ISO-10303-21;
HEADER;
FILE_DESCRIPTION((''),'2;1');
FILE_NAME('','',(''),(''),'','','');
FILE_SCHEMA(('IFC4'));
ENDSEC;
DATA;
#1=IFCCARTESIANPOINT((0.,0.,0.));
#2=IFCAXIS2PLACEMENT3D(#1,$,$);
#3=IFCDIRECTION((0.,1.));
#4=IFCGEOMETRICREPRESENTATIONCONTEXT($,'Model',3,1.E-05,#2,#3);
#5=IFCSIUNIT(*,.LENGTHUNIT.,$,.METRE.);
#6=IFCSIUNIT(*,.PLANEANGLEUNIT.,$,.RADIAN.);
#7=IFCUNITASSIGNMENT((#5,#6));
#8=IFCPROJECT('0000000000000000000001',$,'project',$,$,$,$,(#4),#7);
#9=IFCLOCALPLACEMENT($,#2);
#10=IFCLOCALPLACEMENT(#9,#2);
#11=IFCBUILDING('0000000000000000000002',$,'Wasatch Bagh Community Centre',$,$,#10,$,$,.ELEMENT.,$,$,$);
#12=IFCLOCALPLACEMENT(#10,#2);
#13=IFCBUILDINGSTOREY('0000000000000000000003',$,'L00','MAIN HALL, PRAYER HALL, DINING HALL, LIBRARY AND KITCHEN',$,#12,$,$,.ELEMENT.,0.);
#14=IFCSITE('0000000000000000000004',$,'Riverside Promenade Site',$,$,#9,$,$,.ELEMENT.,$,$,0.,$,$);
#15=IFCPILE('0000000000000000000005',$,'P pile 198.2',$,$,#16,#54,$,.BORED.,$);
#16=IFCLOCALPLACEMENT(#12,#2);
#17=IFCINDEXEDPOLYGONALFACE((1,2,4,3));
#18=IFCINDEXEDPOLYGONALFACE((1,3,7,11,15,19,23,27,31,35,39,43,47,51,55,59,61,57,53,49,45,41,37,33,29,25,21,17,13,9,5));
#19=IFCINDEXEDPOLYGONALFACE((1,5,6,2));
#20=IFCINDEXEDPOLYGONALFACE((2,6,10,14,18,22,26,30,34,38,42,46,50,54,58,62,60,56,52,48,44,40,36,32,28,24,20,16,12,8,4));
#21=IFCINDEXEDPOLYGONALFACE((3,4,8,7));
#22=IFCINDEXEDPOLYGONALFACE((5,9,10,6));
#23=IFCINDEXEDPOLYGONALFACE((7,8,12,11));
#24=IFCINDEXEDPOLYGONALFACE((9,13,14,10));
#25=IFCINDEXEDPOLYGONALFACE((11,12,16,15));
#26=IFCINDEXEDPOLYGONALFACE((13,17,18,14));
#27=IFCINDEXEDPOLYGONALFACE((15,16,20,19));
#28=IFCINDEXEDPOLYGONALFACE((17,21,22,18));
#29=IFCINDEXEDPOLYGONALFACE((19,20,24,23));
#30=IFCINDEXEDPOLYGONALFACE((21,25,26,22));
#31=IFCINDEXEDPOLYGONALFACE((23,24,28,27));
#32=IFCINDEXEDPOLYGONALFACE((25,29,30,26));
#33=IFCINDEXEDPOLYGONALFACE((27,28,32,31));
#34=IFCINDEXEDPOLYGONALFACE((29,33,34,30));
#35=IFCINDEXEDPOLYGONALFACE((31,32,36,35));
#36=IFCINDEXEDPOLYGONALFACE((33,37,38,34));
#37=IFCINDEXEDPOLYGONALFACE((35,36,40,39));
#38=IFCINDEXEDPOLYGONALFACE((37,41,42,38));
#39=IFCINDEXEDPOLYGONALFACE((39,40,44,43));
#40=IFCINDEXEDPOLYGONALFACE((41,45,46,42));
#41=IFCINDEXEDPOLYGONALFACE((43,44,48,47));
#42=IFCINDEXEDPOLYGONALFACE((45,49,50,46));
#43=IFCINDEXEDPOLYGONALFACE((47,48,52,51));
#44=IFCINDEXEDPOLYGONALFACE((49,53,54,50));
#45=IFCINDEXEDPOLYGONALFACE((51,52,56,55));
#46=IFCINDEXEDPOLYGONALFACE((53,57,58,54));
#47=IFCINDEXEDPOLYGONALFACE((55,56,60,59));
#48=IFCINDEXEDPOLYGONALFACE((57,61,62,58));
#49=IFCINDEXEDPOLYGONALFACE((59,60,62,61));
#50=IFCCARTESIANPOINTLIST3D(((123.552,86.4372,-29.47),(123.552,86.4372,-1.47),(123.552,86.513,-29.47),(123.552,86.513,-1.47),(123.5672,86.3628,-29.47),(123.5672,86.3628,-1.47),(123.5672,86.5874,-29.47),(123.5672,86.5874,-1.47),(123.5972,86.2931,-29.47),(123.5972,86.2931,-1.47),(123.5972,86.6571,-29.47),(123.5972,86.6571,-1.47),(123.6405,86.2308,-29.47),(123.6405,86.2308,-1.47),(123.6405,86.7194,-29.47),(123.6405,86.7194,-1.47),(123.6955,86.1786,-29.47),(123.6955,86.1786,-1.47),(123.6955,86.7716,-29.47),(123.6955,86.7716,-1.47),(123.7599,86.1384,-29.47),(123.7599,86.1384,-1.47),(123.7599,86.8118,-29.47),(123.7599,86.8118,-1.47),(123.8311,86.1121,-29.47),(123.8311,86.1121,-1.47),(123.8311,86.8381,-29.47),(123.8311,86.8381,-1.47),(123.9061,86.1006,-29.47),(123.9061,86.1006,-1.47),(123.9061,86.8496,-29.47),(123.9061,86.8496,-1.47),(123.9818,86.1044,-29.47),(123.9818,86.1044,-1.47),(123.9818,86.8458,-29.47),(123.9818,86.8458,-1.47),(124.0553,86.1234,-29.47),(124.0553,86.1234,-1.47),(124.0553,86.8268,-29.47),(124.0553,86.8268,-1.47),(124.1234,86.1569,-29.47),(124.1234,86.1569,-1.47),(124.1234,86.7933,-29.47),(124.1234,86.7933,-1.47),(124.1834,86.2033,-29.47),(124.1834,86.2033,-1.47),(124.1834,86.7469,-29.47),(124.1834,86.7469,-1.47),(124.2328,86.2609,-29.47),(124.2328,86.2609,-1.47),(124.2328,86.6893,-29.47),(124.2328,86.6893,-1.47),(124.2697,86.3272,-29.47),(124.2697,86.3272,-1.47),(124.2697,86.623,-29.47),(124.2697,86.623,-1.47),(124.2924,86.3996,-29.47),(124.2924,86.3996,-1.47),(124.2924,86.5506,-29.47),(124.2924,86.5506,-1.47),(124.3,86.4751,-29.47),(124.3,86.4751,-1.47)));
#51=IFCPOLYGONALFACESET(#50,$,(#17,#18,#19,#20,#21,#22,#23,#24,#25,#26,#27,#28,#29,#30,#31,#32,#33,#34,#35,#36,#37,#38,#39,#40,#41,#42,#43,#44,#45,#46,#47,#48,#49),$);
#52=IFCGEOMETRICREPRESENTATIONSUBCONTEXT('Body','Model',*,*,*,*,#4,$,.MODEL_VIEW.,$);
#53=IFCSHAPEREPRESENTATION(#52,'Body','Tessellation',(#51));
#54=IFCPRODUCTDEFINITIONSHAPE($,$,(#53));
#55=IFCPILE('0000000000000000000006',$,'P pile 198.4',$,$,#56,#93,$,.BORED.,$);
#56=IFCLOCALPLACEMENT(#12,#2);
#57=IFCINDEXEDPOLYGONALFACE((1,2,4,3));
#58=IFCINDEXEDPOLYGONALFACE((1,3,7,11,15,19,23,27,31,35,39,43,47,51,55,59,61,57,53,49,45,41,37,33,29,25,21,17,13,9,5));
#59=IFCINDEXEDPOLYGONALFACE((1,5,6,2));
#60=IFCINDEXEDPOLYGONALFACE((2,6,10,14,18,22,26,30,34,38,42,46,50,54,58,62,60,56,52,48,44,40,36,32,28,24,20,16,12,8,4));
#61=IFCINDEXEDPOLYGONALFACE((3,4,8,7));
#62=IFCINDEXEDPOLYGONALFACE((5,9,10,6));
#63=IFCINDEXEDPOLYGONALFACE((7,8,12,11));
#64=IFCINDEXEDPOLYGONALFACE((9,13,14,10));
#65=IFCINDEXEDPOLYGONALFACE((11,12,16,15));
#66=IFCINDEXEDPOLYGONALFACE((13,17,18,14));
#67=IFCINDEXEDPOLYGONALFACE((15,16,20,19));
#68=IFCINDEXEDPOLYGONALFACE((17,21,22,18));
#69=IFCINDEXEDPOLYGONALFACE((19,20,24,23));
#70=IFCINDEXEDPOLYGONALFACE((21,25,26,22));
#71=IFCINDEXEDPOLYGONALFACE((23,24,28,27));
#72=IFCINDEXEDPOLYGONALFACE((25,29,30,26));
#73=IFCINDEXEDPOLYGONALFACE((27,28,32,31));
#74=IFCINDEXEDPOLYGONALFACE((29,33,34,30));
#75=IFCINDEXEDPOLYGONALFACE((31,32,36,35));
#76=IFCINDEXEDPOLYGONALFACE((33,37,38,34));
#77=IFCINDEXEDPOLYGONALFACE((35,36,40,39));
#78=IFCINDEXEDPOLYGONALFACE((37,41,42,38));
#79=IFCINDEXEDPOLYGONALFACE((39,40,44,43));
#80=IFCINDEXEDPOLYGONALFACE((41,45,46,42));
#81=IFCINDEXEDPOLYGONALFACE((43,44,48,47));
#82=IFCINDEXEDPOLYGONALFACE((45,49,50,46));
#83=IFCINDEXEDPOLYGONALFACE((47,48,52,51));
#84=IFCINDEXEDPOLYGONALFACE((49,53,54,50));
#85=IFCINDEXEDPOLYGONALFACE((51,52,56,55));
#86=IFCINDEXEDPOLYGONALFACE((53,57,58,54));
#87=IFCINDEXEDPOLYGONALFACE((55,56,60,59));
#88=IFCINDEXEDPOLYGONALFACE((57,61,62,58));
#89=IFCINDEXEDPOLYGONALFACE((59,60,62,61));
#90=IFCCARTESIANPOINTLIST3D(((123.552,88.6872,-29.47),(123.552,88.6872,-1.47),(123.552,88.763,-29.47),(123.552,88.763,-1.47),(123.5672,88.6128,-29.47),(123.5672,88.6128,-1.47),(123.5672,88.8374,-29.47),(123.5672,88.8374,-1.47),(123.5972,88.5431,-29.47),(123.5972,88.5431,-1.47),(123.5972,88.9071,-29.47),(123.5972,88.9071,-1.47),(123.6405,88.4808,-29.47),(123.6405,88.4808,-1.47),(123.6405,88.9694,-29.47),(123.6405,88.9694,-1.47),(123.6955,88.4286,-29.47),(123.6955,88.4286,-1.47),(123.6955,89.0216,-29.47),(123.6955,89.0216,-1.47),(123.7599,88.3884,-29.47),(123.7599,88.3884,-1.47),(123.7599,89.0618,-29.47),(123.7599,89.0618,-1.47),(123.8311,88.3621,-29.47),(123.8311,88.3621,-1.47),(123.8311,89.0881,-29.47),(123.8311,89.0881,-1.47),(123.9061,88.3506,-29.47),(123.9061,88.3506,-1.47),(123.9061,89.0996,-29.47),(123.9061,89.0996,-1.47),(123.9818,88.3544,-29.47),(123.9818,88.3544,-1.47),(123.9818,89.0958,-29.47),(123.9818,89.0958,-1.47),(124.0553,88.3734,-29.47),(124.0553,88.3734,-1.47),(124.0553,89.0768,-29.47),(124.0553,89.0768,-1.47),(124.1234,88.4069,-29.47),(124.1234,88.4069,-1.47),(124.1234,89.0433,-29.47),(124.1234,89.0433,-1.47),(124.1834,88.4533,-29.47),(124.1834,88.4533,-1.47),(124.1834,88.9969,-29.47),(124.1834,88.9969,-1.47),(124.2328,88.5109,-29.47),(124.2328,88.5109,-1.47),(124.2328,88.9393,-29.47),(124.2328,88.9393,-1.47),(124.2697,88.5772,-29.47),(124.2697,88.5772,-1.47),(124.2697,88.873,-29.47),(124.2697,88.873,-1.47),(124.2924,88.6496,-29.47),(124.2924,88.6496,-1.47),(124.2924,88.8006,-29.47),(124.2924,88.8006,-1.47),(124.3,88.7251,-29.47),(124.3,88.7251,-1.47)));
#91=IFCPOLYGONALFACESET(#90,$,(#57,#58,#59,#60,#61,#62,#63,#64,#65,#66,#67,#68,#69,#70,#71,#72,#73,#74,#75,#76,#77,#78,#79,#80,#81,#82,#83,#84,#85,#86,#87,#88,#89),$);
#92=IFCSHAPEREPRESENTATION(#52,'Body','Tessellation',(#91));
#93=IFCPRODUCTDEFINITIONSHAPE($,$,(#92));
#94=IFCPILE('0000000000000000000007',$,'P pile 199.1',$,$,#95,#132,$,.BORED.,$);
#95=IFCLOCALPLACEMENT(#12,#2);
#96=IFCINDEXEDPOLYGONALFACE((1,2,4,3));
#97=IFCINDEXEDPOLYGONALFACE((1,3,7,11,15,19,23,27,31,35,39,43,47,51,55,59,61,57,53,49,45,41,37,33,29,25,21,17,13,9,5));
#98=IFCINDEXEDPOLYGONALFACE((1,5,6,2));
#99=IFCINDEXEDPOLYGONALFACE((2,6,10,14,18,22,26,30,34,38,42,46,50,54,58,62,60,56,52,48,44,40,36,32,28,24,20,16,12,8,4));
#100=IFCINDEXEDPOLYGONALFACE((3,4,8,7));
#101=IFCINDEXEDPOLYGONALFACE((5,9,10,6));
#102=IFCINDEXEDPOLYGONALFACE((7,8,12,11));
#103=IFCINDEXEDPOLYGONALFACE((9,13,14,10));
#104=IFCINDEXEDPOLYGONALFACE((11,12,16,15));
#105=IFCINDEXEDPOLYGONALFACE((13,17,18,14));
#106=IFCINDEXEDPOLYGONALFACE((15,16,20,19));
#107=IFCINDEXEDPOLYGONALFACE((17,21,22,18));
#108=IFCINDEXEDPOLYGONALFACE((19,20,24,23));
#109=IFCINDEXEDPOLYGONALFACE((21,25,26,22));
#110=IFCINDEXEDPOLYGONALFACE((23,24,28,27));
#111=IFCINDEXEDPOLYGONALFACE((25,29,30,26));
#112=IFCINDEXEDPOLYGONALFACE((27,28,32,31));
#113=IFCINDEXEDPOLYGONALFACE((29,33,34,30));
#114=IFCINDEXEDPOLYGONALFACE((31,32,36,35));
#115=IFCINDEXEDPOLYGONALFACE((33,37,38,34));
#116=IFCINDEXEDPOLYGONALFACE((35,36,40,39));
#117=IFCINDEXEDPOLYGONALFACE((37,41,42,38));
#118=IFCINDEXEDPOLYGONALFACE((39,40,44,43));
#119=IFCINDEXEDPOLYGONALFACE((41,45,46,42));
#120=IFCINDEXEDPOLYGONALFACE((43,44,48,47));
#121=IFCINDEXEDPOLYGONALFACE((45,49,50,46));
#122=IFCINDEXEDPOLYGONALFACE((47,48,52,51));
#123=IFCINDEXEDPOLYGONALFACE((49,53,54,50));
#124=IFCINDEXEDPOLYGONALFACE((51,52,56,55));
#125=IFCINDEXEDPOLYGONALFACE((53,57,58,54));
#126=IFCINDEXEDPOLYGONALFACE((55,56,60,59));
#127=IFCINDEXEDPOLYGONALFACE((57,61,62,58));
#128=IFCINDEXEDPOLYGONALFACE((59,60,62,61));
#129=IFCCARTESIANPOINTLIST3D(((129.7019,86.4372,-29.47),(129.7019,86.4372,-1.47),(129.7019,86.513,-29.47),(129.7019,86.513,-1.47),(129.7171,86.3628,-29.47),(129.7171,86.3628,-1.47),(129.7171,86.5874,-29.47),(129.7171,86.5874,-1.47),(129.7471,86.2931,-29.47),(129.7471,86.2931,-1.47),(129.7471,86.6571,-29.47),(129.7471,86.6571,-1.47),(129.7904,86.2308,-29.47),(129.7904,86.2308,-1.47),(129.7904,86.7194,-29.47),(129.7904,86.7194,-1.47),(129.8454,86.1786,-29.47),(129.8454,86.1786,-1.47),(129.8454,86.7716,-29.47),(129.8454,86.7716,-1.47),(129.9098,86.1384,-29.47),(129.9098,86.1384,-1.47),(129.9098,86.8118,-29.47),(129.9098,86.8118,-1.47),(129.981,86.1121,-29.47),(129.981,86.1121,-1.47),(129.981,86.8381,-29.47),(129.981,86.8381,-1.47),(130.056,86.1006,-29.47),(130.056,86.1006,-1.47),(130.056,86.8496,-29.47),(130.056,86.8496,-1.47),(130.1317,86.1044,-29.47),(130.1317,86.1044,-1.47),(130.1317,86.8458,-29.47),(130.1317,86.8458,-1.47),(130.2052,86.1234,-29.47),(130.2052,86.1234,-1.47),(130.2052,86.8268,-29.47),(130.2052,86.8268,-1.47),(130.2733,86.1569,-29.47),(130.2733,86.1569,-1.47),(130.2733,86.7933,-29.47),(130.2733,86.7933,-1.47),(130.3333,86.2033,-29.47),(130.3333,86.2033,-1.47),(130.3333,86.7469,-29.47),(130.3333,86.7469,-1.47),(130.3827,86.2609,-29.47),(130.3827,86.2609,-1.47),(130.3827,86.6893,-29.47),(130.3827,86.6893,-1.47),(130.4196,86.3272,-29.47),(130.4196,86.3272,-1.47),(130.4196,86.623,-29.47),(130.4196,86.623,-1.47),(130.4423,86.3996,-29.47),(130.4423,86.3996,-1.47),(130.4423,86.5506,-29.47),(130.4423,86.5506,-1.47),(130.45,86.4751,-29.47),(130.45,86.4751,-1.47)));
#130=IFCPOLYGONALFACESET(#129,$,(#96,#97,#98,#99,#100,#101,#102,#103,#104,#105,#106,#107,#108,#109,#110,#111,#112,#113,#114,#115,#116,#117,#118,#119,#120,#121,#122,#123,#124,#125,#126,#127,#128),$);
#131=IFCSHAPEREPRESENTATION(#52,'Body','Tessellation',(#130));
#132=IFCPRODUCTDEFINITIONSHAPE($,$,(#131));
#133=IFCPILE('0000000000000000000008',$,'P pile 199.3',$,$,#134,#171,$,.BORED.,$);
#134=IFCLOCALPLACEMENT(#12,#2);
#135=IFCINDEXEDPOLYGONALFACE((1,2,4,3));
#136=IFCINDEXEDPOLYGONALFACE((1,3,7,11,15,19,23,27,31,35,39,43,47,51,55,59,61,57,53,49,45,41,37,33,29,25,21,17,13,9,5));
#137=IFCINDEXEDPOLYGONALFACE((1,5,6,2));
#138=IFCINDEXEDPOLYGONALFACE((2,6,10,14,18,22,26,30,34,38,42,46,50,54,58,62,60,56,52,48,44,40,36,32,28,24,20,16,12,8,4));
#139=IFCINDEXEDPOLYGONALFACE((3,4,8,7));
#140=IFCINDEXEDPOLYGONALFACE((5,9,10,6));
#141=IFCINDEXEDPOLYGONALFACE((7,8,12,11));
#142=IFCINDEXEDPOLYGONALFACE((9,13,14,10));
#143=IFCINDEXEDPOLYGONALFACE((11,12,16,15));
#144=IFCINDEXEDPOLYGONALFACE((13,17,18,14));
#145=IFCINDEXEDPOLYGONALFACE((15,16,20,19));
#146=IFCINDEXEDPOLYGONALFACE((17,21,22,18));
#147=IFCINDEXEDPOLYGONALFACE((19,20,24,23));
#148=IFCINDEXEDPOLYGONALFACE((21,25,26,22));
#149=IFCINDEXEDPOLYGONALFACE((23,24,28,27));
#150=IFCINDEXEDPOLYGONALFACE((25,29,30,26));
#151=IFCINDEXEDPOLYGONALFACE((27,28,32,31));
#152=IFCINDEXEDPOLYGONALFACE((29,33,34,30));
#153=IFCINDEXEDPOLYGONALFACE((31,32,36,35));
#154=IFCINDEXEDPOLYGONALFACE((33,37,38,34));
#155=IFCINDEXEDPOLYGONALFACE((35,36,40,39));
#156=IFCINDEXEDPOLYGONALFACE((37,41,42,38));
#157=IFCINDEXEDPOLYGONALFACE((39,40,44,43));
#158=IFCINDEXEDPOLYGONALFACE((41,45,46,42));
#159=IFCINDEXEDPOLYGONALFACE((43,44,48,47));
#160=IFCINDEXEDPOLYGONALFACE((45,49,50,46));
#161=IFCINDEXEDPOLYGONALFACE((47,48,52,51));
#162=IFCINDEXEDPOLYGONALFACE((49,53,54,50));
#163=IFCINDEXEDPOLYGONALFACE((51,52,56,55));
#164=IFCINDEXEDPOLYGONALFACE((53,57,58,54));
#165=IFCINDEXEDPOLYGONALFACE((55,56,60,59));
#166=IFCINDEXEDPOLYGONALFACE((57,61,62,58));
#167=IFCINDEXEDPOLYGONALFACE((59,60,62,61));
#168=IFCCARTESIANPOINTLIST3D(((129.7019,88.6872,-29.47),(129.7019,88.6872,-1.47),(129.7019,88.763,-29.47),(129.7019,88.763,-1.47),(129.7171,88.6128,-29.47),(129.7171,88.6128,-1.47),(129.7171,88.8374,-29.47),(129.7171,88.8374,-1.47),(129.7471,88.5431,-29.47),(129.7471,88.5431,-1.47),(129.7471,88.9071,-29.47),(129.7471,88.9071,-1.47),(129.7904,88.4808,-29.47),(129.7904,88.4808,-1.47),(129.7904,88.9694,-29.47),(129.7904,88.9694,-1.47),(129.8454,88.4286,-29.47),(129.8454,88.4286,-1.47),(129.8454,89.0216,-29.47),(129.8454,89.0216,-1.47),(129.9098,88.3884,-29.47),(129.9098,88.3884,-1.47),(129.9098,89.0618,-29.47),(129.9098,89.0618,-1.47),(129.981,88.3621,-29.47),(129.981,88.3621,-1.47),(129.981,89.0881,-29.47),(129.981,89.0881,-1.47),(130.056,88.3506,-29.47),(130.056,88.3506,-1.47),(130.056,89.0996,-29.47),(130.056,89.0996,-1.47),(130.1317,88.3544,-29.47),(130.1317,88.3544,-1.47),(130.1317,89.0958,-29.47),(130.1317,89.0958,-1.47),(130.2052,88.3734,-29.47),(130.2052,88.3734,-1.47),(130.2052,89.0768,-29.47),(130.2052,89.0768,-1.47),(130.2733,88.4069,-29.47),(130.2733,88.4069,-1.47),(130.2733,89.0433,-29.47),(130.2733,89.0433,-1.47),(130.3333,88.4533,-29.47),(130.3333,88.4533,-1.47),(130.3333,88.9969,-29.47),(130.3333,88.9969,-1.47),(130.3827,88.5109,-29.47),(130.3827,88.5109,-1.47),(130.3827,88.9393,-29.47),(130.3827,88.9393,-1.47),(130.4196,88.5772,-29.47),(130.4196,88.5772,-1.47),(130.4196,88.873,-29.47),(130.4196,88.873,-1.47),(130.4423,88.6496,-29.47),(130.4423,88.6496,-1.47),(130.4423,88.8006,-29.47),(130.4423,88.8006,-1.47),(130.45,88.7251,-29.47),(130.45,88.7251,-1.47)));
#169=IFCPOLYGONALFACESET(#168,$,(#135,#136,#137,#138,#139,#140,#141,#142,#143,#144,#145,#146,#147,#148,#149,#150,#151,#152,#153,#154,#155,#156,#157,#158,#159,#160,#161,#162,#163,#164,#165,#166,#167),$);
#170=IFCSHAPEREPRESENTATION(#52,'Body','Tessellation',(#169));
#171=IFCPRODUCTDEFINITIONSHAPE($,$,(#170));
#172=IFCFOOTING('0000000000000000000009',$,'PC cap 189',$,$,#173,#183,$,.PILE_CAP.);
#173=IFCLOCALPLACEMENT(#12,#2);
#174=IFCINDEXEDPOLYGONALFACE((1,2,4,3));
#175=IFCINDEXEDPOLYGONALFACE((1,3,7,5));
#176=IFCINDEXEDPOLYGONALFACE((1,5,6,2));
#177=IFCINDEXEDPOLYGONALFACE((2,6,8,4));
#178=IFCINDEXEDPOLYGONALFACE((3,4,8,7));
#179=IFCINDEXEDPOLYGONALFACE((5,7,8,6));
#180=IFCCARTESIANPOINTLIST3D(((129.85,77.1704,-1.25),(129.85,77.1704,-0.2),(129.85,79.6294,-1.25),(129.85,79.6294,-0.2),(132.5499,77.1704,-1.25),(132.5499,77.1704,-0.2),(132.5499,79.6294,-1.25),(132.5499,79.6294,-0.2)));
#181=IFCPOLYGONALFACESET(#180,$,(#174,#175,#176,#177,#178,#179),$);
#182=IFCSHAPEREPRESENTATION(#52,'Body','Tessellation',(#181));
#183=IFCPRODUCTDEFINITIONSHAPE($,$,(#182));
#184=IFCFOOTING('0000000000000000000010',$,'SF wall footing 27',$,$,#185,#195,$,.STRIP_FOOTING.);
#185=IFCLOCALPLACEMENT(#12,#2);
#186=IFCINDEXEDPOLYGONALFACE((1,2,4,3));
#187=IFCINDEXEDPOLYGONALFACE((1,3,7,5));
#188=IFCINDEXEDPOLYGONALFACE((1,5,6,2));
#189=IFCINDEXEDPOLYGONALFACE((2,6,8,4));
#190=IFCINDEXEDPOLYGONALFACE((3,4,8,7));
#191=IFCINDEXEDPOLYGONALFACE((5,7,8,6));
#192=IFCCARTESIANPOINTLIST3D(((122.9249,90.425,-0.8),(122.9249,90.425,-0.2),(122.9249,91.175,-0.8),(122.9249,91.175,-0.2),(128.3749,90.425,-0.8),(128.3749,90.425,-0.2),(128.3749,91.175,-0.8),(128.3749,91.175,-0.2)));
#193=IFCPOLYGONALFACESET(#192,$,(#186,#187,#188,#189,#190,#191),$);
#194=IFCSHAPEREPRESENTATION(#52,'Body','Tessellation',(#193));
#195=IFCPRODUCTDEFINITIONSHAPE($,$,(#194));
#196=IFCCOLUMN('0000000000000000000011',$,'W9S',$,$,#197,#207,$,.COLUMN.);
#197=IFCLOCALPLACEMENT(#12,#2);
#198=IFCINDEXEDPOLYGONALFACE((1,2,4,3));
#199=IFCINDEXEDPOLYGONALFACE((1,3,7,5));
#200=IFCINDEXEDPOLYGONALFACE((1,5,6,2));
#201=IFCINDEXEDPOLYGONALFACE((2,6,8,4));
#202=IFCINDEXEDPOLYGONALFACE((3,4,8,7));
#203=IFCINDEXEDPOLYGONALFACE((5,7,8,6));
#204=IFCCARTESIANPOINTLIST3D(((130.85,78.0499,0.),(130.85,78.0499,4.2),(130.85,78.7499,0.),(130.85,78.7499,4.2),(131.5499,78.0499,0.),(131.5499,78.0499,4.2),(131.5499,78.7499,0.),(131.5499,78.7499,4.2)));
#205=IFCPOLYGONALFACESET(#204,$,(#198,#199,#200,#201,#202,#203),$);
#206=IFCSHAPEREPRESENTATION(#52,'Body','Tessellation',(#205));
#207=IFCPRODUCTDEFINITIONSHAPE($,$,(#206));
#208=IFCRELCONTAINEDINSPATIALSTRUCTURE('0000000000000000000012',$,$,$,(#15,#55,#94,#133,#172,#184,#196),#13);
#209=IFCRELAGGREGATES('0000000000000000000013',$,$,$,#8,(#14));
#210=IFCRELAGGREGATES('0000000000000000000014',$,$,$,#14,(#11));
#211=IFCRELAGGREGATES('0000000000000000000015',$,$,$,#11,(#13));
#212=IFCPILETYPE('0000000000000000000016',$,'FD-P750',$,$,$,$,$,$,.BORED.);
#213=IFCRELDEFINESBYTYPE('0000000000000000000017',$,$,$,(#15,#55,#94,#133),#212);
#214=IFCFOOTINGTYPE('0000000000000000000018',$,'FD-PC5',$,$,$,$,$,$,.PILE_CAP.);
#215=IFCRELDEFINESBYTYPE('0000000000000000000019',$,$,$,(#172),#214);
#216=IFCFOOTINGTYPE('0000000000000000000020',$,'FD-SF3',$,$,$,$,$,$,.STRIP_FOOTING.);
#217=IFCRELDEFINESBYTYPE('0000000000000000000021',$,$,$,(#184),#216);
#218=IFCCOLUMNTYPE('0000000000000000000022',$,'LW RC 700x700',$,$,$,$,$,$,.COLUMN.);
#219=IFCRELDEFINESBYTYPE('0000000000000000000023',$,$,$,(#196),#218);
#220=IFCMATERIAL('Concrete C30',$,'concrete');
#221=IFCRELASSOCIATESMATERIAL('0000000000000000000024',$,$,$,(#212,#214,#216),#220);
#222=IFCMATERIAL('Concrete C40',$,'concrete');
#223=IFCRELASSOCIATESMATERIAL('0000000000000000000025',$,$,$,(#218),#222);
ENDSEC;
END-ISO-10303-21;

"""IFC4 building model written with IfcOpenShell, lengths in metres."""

from ifc_helpers import new_model, si_unit, direction, frame, origin, origin_2d, place, context, subcontext, project, spatial, rectangle, circle, extrude, material, material_profile, profile_set, type_object, element, save


model = new_model("IFC4")

# Units and contexts
model_context = context("Model", 3, precision=1e-05, world=origin(), true_north=direction((0.0, 1.0)))
body_context = subcontext(model_context, "Body", "Model", "MODEL_VIEW")
ifc_project = project(units=[si_unit("LENGTHUNIT", "METRE"), si_unit("PLANEANGLEUNIT", "RADIAN")], contexts=[model_context])

# Site, building, storey
site_placement = place(None, origin())
site = spatial("IfcSite", under=ifc_project, at=site_placement, Name="Riverside Promenade Site", CompositionType="ELEMENT", RefElevation=0.0)
building_placement = place(site_placement, origin())
building = spatial("IfcBuilding", under=site, at=building_placement, Name="Wasatch Bagh Community Centre", CompositionType="ELEMENT")
storey_placement = place(building_placement, origin())
storey = spatial("IfcBuildingStorey", under=building, at=storey_placement, Name="L00", Description="MAIN HALL, PRAYER HALL, DINING HALL, LIBRARY AND KITCHEN", CompositionType="ELEMENT", Elevation=0.0)

# Piles
ifc_material_1 = material(Name="Concrete C30", Category="concrete")
ifc_material_profile_1 = material_profile(ifc_material_1, circle(Radius=0.375, at=origin_2d()), Name="RC D750")
ifc_profile_set_1 = profile_set([ifc_material_profile_1], Name="Concrete C30")
pile_type_1 = type_object("IfcPileType", Name="FD-P750", PredefinedType="BORED", material=ifc_profile_set_1)
for number, where, z_axis, x_axis, name in (
    (1, (123.925, 86.4751, -1.47), (0.0, 0.0, -1.0), (1.0, 0.0, 0.0), "P pile 198.2"),
    (2, (123.925, 88.7251, -1.47), (0.0, 0.0, -1.0), (1.0, 0.0, 0.0), "P pile 198.4"),
    (3, (130.075, 86.4751, -1.47), (0.0, 0.0, -1.0), (1.0, 0.0, 0.0), "P pile 199.1"),
    (4, (130.075, 88.7251, -1.47), (0.0, 0.0, -1.0), (1.0, 0.0, 0.0), "P pile 199.3"),
):
    element("IfcPile", number, at=place(storey_placement, frame(where, z_axis=z_axis, x_axis=x_axis)), inside=storey, type_object=pile_type_1, Name=name, PredefinedType="BORED", context=body_context, shape_type="SweptSolid", body=[
        extrude(circle(Radius=0.375, at=origin_2d()), origin(), (0.0, 0.0, 1.0), 28.0),
    ])

# Footings
footing_type_1 = type_object("IfcFootingType", Name="FD-PC5", PredefinedType="PILE_CAP", material=ifc_material_1)
footing_1_placement = place(storey_placement, frame((131.2, 78.3999, -1.25), z_axis=(0.0, 0.0, 1.0), x_axis=(1.0, 0.0, 0.0)))
element("IfcFooting", 5, at=footing_1_placement, inside=storey, type_object=footing_type_1, Name="PC cap 189", PredefinedType="PILE_CAP", context=body_context, shape_type="SweptSolid", body=[
    extrude(rectangle(XDim=2.7, YDim=2.459, at=origin_2d()), origin(), (0.0, 0.0, 1.0), 1.05),
])
footing_type_2 = type_object("IfcFootingType", Name="FD-SF3", PredefinedType="STRIP_FOOTING", material=ifc_material_1)
footing_2_placement = place(storey_placement, frame((125.6499, 90.8, -0.8), z_axis=(0.0, 0.0, 1.0), x_axis=(1.0, 0.0, 0.0)))
element("IfcFooting", 6, at=footing_2_placement, inside=storey, type_object=footing_type_2, Name="SF wall footing 27", PredefinedType="STRIP_FOOTING", context=body_context, shape_type="SweptSolid", body=[
    extrude(rectangle(XDim=5.45, YDim=0.75, at=origin_2d()), origin(), (0.0, 0.0, 1.0), 0.6001),
])

# Column
ifc_material_2 = material(Name="Concrete C40", Category="concrete")
ifc_material_profile_2 = material_profile(ifc_material_2, rectangle(XDim=0.7, YDim=0.7, at=origin_2d()), Name="RC 700x700")
ifc_profile_set_2 = profile_set([ifc_material_profile_2], Name="Concrete C40")
column_type = type_object("IfcColumnType", Name="LW RC 700x700", PredefinedType="COLUMN", material=ifc_profile_set_2)
column_placement = place(storey_placement, frame((131.2, 78.3999, 0.0), z_axis=(0.0, 0.0, 1.0), x_axis=(1.0, 0.0, 0.0)))
element("IfcColumn", 7, at=column_placement, inside=storey, type_object=column_type, Name="W9S", PredefinedType="COLUMN", context=body_context, shape_type="SweptSolid", body=[
    extrude(rectangle(XDim=0.7, YDim=0.7, at=origin_2d()), origin(), (0.0, 0.0, 1.0), 4.2),
])

save(model, "model.ifc")
